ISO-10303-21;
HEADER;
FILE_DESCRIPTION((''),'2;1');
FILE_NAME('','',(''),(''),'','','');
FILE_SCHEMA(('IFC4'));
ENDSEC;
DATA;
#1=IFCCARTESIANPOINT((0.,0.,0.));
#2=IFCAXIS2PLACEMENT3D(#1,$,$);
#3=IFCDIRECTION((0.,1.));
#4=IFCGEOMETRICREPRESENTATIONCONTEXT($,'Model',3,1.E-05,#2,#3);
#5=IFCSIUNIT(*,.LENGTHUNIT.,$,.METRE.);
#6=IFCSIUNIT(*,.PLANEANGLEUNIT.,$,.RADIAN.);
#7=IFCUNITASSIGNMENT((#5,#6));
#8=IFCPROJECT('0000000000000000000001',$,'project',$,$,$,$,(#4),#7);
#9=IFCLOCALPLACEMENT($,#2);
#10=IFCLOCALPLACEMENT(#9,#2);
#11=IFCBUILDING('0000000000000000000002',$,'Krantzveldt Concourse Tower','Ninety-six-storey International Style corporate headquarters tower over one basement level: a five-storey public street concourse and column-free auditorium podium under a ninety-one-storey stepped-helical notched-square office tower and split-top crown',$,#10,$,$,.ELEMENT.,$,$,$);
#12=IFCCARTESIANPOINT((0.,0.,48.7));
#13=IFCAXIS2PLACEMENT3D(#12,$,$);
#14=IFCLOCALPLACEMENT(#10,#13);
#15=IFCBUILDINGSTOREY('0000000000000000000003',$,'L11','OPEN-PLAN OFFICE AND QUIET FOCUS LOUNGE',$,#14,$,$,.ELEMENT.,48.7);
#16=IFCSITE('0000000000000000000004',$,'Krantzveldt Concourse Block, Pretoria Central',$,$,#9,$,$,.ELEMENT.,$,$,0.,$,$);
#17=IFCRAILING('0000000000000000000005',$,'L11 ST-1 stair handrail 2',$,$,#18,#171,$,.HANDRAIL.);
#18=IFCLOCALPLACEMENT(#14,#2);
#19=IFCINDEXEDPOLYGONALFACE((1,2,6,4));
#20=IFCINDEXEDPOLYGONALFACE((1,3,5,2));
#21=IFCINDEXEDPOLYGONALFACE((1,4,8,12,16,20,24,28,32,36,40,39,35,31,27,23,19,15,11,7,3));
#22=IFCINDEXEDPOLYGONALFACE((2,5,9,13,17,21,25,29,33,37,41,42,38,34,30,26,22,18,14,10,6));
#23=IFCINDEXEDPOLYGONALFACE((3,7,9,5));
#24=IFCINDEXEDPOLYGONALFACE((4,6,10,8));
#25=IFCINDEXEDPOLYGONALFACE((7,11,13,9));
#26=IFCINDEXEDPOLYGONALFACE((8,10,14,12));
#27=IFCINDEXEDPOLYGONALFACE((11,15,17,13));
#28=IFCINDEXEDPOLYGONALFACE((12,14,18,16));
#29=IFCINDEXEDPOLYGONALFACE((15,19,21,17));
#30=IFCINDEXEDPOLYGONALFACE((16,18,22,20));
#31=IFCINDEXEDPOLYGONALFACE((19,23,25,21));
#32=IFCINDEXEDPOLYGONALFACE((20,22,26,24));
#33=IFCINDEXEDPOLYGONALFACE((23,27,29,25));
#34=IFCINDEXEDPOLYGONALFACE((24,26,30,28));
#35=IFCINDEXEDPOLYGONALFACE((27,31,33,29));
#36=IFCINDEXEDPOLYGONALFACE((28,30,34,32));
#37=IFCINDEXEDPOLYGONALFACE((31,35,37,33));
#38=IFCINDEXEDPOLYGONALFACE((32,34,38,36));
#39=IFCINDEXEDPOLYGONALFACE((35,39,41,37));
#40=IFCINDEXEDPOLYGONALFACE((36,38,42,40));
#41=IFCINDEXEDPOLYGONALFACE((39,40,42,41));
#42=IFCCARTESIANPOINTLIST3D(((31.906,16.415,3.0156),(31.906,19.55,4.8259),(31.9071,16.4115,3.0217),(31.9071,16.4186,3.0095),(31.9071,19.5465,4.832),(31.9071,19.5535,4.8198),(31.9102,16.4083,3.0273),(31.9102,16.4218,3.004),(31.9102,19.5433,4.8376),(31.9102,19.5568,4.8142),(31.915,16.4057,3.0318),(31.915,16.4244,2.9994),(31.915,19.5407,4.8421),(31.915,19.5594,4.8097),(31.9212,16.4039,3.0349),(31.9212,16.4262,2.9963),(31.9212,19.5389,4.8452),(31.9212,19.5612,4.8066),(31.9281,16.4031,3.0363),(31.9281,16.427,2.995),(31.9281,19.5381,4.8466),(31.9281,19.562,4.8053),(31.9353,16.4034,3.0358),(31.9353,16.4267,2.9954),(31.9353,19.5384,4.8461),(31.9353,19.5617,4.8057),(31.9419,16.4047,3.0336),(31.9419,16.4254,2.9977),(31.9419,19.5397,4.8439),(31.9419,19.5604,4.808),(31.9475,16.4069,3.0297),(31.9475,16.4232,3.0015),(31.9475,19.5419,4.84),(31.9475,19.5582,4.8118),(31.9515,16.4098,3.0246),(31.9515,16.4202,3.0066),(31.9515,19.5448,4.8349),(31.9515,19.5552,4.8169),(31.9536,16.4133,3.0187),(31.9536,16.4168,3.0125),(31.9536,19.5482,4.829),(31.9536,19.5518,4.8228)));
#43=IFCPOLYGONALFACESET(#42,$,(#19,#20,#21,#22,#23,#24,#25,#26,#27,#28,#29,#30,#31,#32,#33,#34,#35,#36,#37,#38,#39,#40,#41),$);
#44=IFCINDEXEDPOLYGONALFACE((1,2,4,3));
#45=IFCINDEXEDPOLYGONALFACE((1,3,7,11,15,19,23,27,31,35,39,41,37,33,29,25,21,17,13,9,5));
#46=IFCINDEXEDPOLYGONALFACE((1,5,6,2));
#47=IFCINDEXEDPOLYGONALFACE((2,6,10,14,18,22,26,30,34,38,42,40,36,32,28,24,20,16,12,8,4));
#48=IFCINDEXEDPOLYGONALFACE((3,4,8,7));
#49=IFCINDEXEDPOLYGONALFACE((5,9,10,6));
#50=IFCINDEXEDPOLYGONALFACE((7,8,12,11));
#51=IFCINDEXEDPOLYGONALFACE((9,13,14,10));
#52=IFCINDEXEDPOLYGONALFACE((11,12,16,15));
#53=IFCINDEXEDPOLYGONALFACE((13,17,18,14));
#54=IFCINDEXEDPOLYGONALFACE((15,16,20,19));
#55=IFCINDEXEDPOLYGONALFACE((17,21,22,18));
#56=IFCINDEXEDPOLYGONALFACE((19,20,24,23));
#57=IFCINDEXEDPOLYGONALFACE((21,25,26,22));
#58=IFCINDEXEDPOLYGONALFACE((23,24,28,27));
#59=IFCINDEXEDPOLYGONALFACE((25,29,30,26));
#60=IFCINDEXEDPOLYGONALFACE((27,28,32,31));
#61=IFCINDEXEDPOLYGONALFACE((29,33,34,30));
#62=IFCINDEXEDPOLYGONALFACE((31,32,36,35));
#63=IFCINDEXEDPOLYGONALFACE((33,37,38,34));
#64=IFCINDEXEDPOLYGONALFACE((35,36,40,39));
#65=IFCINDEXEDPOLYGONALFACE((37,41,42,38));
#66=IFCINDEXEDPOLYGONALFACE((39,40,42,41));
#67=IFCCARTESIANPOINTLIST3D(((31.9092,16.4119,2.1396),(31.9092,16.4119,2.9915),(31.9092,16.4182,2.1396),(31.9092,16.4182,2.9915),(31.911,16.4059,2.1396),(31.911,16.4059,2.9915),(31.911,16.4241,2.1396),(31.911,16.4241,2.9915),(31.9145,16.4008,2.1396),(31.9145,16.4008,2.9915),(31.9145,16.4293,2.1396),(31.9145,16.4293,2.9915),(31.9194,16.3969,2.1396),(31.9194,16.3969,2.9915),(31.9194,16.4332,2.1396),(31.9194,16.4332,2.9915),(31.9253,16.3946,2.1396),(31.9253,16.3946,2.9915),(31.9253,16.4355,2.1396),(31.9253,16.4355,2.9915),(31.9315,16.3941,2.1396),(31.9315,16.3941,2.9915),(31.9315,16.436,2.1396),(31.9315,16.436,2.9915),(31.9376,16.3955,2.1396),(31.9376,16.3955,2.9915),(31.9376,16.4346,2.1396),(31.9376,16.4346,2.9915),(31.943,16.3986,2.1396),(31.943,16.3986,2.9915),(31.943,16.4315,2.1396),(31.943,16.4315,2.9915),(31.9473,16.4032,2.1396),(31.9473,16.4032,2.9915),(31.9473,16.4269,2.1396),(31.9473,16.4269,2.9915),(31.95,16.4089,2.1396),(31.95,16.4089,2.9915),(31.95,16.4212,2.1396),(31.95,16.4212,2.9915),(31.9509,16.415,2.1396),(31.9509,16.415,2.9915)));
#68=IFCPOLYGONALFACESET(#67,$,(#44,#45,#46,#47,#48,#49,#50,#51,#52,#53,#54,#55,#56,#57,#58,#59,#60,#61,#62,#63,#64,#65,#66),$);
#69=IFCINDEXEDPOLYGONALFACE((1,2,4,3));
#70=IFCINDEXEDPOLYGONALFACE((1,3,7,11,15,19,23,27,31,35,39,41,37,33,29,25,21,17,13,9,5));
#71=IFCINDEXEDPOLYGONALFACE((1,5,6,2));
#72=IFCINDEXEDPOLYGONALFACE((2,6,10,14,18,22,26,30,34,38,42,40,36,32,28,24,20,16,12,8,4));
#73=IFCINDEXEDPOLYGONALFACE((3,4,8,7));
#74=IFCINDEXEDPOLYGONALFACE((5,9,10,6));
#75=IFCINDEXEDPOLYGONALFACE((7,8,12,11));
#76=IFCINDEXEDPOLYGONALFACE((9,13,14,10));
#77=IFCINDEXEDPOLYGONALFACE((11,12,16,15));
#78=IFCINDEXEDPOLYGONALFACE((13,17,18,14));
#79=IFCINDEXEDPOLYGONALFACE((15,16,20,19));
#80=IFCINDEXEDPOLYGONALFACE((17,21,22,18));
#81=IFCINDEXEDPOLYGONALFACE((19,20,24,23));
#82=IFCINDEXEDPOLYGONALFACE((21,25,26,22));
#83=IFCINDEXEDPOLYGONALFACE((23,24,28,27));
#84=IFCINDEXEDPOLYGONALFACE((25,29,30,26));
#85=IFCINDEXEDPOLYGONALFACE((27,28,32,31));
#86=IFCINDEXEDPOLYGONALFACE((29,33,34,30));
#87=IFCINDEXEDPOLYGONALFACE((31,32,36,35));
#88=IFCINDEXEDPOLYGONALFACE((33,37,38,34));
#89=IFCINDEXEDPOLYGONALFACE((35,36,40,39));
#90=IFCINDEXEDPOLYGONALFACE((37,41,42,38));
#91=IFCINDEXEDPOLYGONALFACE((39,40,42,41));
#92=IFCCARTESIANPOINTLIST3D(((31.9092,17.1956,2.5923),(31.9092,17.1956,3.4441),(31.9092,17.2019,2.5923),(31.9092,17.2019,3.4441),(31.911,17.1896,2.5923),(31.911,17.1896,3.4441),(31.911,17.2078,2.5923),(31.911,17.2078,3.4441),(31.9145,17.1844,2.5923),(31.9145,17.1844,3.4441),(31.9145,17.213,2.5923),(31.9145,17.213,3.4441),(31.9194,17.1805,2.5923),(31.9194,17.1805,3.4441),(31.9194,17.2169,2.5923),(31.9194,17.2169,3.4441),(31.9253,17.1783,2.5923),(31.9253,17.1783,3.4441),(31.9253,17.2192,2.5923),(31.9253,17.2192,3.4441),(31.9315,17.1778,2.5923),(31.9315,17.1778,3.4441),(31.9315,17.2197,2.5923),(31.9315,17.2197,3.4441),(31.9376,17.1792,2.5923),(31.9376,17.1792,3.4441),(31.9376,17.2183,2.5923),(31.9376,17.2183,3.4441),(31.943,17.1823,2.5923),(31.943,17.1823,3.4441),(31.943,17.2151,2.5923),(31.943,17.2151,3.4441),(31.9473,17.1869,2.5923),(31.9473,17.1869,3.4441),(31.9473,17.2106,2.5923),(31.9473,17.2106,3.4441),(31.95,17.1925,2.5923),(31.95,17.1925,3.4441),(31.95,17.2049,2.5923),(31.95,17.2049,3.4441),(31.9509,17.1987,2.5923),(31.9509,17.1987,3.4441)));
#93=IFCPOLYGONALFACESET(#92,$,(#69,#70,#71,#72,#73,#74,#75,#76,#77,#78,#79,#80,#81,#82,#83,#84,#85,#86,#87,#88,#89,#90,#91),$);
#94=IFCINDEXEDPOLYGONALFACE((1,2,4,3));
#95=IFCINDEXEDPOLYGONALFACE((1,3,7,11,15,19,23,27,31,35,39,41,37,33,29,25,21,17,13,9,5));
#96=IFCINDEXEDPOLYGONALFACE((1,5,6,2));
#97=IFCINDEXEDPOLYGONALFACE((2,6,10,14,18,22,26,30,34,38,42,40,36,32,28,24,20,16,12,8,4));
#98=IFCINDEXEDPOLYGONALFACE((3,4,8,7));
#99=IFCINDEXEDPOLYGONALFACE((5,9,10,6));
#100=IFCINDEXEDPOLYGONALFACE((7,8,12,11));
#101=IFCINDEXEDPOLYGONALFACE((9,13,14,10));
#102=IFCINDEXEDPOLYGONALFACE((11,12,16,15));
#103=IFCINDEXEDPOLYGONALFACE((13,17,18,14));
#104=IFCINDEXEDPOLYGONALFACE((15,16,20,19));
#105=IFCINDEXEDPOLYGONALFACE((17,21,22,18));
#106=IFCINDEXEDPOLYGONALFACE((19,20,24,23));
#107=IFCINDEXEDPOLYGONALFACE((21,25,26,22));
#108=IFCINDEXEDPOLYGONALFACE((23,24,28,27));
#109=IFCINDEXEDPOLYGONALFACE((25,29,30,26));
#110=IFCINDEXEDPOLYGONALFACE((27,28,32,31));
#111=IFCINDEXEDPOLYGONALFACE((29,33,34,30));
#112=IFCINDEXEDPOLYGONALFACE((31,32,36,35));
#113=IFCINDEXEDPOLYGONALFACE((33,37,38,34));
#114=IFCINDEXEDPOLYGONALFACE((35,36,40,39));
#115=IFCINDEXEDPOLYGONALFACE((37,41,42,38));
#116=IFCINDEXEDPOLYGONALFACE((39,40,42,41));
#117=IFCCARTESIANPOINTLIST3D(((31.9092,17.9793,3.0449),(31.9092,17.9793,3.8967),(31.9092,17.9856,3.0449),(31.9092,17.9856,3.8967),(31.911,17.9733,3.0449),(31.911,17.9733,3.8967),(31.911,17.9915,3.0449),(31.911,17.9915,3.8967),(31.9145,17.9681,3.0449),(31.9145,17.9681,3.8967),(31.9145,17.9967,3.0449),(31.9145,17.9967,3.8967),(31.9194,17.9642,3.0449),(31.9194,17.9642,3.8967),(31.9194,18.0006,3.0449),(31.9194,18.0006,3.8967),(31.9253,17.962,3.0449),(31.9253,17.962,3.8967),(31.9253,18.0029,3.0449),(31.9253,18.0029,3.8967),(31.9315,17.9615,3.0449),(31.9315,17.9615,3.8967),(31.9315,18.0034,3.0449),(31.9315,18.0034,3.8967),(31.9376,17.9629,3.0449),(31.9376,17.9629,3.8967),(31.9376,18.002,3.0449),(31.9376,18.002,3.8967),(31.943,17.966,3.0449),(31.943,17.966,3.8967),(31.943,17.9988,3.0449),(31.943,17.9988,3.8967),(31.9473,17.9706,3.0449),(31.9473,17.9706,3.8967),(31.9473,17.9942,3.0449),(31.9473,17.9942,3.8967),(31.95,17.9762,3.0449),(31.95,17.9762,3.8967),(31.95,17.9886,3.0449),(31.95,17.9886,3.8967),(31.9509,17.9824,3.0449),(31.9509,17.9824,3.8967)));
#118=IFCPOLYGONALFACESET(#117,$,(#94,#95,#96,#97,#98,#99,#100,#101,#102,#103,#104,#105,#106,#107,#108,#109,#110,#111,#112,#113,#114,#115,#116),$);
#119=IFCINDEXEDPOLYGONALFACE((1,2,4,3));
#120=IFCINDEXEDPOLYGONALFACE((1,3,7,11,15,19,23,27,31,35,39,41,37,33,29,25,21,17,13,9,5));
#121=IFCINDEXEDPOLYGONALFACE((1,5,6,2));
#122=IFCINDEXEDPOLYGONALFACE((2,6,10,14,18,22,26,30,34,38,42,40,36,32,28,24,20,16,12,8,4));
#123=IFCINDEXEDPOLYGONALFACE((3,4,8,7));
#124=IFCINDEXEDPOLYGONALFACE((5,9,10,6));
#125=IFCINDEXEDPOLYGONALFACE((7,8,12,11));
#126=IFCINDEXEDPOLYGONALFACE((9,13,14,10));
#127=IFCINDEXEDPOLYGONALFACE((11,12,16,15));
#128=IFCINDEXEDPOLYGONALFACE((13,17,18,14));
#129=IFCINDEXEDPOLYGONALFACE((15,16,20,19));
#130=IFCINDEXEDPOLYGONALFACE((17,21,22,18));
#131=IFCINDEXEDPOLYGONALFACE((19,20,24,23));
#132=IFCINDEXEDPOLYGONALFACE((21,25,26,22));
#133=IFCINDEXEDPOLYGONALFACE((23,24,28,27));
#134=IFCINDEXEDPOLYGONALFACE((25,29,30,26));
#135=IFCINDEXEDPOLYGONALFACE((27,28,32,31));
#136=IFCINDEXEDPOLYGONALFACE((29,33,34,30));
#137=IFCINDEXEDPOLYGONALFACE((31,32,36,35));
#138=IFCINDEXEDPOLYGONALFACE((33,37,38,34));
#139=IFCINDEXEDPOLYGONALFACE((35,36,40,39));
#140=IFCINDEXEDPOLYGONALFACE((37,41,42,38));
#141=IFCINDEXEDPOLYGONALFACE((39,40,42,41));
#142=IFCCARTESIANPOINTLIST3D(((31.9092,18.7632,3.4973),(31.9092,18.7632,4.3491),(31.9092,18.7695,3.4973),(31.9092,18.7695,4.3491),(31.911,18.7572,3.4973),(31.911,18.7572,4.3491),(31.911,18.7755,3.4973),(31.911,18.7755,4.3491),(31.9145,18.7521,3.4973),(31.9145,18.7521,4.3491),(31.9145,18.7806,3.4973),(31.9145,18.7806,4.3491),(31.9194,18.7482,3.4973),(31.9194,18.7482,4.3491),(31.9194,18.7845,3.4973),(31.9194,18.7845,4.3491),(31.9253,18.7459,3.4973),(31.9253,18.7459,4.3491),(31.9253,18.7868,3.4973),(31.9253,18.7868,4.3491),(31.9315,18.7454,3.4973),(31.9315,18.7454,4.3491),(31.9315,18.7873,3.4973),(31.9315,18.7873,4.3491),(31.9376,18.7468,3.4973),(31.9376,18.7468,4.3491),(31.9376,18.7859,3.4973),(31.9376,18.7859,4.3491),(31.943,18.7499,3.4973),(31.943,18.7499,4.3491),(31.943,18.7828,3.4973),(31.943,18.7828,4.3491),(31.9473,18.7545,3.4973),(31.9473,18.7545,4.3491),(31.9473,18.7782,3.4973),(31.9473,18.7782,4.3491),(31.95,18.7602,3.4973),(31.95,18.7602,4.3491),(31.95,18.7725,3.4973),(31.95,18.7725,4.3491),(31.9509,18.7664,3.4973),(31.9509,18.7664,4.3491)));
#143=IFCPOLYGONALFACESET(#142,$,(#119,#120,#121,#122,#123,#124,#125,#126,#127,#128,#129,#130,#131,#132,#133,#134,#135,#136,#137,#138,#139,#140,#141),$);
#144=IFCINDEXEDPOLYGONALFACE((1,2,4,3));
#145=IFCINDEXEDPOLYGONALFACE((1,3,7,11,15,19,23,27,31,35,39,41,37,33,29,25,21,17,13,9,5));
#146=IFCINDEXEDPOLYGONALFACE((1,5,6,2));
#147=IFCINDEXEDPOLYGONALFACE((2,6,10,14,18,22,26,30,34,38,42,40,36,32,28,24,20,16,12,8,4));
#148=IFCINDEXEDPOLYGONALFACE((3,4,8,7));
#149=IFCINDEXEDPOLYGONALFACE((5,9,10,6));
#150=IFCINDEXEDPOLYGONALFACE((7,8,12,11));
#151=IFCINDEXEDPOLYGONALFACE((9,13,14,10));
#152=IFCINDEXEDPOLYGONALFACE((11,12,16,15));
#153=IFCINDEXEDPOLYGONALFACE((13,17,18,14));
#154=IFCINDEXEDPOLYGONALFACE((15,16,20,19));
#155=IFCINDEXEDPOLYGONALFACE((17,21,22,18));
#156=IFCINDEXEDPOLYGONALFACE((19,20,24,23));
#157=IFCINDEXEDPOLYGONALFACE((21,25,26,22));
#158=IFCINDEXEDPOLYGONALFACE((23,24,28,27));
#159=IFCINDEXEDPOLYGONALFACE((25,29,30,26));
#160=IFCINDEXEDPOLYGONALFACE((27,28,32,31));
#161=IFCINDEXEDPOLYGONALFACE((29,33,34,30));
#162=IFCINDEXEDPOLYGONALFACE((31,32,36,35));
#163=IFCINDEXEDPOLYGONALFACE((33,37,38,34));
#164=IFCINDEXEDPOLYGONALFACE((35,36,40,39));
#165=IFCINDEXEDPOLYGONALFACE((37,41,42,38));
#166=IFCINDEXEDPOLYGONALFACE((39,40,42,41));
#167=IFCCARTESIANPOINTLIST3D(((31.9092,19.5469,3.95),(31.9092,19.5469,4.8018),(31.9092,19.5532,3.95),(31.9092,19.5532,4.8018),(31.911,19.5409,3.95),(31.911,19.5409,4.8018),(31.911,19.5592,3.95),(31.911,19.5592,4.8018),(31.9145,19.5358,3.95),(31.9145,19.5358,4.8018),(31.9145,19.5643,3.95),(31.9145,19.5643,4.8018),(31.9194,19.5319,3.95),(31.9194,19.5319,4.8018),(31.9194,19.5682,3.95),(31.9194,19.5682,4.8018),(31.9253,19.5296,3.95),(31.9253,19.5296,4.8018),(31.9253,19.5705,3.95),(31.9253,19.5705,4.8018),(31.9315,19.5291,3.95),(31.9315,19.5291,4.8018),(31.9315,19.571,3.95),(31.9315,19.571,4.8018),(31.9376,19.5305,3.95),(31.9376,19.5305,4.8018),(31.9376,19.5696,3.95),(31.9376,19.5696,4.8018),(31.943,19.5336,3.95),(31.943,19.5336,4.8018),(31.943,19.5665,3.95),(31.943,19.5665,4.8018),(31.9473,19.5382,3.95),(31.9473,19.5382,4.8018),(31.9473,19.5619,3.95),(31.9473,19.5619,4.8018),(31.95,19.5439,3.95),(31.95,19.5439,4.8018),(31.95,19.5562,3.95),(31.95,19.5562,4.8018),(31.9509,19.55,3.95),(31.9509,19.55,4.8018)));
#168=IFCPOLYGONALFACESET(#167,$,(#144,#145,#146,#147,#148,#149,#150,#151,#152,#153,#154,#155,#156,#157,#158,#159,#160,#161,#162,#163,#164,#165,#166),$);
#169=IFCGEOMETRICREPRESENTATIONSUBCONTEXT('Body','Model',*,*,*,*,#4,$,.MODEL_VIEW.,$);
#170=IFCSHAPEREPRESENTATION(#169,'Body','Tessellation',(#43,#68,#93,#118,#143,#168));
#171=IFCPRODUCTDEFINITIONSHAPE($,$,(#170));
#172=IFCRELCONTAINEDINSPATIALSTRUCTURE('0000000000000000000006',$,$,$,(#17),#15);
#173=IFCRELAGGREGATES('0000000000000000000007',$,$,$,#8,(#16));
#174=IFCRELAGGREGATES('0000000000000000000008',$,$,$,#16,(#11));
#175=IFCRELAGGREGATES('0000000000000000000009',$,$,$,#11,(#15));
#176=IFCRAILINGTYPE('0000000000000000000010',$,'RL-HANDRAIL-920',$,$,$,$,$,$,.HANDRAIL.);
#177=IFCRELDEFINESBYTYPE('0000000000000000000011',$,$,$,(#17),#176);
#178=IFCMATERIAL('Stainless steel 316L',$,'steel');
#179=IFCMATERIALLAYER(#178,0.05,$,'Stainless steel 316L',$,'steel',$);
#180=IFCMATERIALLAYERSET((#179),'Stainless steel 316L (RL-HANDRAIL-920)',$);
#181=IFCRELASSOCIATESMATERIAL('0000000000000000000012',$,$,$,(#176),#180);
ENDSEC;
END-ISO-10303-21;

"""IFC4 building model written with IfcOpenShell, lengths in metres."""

from ifc_helpers import new_model, si_unit, direction, frame, origin, origin_2d, place, context, subcontext, project, spatial, circle, extrude, material, layer, layer_set, type_object, element, save


model = new_model("IFC4")

# Units and contexts
model_context = context("Model", 3, precision=1e-05, world=origin(), true_north=direction((0.0, 1.0)))
body_context = subcontext(model_context, "Body", "Model", "MODEL_VIEW")
ifc_project = project(units=[si_unit("LENGTHUNIT", "METRE"), si_unit("PLANEANGLEUNIT", "RADIAN")], contexts=[model_context])

# Site, building, storey
site_placement = place(None, origin())
site = spatial("IfcSite", under=ifc_project, at=site_placement, Name="Krantzveldt Concourse Block, Pretoria Central", CompositionType="ELEMENT", RefElevation=0.0)
building_placement = place(site_placement, origin())
building = spatial("IfcBuilding", under=site, at=building_placement, Name="Krantzveldt Concourse Tower", Description="Ninety-six-storey International Style corporate headquarters tower over one basement level: a five-storey public street concourse and column-free auditorium podium under a ninety-one-storey stepped-helical notched-square office tower and split-top crown", CompositionType="ELEMENT")
storey_placement = place(building_placement, frame((0.0, 0.0, 48.7)))
storey = spatial("IfcBuildingStorey", under=building, at=storey_placement, Name="L11", Description="OPEN-PLAN OFFICE AND QUIET FOCUS LOUNGE", CompositionType="ELEMENT", Elevation=48.7)

# Railing
ifc_material_1 = material(Name="Stainless steel 316L", Category="steel")
ifc_layer_1 = layer(ifc_material_1, 0.05, Name="Stainless steel 316L", Category="steel")
ifc_layer_set_1 = layer_set([ifc_layer_1], Name="Stainless steel 316L (RL-HANDRAIL-920)")
railing_type_1 = type_object("IfcRailingType", Name="RL-HANDRAIL-920", PredefinedType="HANDRAIL", material=ifc_layer_set_1)
railing_1_placement = place(storey_placement, frame((31.9299, 16.415, 2.1396)))
element("IfcRailing", 1, at=railing_1_placement, inside=storey, type_object=railing_type_1, Name="L11 ST-1 stair handrail 2", PredefinedType="HANDRAIL", context=body_context, shape_type="SweptSolid", body=[
    extrude(circle(Radius=0.0239, at=origin_2d()), frame((0.0, 0.0, 0.876), z_axis=(0.0, 0.865989, 0.500063), x_axis=(-1.0, 0.0, 0.0)), (0.0, 0.0, 1.0), 3.6201),
    extrude(circle(Radius=0.021, at=origin_2d()), origin(), (0.0, 0.0, 1.0), 0.8518),
    extrude(circle(Radius=0.021, at=origin_2d()), frame((0.0, 0.7837, 0.4526)), (0.0, 0.0, 1.0), 0.8518),
    extrude(circle(Radius=0.021, at=origin_2d()), frame((0.0, 1.5674, 0.9053)), (0.0, 0.0, 1.0), 0.8518),
    extrude(circle(Radius=0.021, at=origin_2d()), frame((0.0, 2.3513, 1.3577)), (0.0, 0.0, 1.0), 0.8518),
    extrude(circle(Radius=0.021, at=origin_2d()), frame((0.0, 3.135, 1.8103)), (0.0, 0.0, 1.0), 0.8518),
])

save(model, "model.ifc")
